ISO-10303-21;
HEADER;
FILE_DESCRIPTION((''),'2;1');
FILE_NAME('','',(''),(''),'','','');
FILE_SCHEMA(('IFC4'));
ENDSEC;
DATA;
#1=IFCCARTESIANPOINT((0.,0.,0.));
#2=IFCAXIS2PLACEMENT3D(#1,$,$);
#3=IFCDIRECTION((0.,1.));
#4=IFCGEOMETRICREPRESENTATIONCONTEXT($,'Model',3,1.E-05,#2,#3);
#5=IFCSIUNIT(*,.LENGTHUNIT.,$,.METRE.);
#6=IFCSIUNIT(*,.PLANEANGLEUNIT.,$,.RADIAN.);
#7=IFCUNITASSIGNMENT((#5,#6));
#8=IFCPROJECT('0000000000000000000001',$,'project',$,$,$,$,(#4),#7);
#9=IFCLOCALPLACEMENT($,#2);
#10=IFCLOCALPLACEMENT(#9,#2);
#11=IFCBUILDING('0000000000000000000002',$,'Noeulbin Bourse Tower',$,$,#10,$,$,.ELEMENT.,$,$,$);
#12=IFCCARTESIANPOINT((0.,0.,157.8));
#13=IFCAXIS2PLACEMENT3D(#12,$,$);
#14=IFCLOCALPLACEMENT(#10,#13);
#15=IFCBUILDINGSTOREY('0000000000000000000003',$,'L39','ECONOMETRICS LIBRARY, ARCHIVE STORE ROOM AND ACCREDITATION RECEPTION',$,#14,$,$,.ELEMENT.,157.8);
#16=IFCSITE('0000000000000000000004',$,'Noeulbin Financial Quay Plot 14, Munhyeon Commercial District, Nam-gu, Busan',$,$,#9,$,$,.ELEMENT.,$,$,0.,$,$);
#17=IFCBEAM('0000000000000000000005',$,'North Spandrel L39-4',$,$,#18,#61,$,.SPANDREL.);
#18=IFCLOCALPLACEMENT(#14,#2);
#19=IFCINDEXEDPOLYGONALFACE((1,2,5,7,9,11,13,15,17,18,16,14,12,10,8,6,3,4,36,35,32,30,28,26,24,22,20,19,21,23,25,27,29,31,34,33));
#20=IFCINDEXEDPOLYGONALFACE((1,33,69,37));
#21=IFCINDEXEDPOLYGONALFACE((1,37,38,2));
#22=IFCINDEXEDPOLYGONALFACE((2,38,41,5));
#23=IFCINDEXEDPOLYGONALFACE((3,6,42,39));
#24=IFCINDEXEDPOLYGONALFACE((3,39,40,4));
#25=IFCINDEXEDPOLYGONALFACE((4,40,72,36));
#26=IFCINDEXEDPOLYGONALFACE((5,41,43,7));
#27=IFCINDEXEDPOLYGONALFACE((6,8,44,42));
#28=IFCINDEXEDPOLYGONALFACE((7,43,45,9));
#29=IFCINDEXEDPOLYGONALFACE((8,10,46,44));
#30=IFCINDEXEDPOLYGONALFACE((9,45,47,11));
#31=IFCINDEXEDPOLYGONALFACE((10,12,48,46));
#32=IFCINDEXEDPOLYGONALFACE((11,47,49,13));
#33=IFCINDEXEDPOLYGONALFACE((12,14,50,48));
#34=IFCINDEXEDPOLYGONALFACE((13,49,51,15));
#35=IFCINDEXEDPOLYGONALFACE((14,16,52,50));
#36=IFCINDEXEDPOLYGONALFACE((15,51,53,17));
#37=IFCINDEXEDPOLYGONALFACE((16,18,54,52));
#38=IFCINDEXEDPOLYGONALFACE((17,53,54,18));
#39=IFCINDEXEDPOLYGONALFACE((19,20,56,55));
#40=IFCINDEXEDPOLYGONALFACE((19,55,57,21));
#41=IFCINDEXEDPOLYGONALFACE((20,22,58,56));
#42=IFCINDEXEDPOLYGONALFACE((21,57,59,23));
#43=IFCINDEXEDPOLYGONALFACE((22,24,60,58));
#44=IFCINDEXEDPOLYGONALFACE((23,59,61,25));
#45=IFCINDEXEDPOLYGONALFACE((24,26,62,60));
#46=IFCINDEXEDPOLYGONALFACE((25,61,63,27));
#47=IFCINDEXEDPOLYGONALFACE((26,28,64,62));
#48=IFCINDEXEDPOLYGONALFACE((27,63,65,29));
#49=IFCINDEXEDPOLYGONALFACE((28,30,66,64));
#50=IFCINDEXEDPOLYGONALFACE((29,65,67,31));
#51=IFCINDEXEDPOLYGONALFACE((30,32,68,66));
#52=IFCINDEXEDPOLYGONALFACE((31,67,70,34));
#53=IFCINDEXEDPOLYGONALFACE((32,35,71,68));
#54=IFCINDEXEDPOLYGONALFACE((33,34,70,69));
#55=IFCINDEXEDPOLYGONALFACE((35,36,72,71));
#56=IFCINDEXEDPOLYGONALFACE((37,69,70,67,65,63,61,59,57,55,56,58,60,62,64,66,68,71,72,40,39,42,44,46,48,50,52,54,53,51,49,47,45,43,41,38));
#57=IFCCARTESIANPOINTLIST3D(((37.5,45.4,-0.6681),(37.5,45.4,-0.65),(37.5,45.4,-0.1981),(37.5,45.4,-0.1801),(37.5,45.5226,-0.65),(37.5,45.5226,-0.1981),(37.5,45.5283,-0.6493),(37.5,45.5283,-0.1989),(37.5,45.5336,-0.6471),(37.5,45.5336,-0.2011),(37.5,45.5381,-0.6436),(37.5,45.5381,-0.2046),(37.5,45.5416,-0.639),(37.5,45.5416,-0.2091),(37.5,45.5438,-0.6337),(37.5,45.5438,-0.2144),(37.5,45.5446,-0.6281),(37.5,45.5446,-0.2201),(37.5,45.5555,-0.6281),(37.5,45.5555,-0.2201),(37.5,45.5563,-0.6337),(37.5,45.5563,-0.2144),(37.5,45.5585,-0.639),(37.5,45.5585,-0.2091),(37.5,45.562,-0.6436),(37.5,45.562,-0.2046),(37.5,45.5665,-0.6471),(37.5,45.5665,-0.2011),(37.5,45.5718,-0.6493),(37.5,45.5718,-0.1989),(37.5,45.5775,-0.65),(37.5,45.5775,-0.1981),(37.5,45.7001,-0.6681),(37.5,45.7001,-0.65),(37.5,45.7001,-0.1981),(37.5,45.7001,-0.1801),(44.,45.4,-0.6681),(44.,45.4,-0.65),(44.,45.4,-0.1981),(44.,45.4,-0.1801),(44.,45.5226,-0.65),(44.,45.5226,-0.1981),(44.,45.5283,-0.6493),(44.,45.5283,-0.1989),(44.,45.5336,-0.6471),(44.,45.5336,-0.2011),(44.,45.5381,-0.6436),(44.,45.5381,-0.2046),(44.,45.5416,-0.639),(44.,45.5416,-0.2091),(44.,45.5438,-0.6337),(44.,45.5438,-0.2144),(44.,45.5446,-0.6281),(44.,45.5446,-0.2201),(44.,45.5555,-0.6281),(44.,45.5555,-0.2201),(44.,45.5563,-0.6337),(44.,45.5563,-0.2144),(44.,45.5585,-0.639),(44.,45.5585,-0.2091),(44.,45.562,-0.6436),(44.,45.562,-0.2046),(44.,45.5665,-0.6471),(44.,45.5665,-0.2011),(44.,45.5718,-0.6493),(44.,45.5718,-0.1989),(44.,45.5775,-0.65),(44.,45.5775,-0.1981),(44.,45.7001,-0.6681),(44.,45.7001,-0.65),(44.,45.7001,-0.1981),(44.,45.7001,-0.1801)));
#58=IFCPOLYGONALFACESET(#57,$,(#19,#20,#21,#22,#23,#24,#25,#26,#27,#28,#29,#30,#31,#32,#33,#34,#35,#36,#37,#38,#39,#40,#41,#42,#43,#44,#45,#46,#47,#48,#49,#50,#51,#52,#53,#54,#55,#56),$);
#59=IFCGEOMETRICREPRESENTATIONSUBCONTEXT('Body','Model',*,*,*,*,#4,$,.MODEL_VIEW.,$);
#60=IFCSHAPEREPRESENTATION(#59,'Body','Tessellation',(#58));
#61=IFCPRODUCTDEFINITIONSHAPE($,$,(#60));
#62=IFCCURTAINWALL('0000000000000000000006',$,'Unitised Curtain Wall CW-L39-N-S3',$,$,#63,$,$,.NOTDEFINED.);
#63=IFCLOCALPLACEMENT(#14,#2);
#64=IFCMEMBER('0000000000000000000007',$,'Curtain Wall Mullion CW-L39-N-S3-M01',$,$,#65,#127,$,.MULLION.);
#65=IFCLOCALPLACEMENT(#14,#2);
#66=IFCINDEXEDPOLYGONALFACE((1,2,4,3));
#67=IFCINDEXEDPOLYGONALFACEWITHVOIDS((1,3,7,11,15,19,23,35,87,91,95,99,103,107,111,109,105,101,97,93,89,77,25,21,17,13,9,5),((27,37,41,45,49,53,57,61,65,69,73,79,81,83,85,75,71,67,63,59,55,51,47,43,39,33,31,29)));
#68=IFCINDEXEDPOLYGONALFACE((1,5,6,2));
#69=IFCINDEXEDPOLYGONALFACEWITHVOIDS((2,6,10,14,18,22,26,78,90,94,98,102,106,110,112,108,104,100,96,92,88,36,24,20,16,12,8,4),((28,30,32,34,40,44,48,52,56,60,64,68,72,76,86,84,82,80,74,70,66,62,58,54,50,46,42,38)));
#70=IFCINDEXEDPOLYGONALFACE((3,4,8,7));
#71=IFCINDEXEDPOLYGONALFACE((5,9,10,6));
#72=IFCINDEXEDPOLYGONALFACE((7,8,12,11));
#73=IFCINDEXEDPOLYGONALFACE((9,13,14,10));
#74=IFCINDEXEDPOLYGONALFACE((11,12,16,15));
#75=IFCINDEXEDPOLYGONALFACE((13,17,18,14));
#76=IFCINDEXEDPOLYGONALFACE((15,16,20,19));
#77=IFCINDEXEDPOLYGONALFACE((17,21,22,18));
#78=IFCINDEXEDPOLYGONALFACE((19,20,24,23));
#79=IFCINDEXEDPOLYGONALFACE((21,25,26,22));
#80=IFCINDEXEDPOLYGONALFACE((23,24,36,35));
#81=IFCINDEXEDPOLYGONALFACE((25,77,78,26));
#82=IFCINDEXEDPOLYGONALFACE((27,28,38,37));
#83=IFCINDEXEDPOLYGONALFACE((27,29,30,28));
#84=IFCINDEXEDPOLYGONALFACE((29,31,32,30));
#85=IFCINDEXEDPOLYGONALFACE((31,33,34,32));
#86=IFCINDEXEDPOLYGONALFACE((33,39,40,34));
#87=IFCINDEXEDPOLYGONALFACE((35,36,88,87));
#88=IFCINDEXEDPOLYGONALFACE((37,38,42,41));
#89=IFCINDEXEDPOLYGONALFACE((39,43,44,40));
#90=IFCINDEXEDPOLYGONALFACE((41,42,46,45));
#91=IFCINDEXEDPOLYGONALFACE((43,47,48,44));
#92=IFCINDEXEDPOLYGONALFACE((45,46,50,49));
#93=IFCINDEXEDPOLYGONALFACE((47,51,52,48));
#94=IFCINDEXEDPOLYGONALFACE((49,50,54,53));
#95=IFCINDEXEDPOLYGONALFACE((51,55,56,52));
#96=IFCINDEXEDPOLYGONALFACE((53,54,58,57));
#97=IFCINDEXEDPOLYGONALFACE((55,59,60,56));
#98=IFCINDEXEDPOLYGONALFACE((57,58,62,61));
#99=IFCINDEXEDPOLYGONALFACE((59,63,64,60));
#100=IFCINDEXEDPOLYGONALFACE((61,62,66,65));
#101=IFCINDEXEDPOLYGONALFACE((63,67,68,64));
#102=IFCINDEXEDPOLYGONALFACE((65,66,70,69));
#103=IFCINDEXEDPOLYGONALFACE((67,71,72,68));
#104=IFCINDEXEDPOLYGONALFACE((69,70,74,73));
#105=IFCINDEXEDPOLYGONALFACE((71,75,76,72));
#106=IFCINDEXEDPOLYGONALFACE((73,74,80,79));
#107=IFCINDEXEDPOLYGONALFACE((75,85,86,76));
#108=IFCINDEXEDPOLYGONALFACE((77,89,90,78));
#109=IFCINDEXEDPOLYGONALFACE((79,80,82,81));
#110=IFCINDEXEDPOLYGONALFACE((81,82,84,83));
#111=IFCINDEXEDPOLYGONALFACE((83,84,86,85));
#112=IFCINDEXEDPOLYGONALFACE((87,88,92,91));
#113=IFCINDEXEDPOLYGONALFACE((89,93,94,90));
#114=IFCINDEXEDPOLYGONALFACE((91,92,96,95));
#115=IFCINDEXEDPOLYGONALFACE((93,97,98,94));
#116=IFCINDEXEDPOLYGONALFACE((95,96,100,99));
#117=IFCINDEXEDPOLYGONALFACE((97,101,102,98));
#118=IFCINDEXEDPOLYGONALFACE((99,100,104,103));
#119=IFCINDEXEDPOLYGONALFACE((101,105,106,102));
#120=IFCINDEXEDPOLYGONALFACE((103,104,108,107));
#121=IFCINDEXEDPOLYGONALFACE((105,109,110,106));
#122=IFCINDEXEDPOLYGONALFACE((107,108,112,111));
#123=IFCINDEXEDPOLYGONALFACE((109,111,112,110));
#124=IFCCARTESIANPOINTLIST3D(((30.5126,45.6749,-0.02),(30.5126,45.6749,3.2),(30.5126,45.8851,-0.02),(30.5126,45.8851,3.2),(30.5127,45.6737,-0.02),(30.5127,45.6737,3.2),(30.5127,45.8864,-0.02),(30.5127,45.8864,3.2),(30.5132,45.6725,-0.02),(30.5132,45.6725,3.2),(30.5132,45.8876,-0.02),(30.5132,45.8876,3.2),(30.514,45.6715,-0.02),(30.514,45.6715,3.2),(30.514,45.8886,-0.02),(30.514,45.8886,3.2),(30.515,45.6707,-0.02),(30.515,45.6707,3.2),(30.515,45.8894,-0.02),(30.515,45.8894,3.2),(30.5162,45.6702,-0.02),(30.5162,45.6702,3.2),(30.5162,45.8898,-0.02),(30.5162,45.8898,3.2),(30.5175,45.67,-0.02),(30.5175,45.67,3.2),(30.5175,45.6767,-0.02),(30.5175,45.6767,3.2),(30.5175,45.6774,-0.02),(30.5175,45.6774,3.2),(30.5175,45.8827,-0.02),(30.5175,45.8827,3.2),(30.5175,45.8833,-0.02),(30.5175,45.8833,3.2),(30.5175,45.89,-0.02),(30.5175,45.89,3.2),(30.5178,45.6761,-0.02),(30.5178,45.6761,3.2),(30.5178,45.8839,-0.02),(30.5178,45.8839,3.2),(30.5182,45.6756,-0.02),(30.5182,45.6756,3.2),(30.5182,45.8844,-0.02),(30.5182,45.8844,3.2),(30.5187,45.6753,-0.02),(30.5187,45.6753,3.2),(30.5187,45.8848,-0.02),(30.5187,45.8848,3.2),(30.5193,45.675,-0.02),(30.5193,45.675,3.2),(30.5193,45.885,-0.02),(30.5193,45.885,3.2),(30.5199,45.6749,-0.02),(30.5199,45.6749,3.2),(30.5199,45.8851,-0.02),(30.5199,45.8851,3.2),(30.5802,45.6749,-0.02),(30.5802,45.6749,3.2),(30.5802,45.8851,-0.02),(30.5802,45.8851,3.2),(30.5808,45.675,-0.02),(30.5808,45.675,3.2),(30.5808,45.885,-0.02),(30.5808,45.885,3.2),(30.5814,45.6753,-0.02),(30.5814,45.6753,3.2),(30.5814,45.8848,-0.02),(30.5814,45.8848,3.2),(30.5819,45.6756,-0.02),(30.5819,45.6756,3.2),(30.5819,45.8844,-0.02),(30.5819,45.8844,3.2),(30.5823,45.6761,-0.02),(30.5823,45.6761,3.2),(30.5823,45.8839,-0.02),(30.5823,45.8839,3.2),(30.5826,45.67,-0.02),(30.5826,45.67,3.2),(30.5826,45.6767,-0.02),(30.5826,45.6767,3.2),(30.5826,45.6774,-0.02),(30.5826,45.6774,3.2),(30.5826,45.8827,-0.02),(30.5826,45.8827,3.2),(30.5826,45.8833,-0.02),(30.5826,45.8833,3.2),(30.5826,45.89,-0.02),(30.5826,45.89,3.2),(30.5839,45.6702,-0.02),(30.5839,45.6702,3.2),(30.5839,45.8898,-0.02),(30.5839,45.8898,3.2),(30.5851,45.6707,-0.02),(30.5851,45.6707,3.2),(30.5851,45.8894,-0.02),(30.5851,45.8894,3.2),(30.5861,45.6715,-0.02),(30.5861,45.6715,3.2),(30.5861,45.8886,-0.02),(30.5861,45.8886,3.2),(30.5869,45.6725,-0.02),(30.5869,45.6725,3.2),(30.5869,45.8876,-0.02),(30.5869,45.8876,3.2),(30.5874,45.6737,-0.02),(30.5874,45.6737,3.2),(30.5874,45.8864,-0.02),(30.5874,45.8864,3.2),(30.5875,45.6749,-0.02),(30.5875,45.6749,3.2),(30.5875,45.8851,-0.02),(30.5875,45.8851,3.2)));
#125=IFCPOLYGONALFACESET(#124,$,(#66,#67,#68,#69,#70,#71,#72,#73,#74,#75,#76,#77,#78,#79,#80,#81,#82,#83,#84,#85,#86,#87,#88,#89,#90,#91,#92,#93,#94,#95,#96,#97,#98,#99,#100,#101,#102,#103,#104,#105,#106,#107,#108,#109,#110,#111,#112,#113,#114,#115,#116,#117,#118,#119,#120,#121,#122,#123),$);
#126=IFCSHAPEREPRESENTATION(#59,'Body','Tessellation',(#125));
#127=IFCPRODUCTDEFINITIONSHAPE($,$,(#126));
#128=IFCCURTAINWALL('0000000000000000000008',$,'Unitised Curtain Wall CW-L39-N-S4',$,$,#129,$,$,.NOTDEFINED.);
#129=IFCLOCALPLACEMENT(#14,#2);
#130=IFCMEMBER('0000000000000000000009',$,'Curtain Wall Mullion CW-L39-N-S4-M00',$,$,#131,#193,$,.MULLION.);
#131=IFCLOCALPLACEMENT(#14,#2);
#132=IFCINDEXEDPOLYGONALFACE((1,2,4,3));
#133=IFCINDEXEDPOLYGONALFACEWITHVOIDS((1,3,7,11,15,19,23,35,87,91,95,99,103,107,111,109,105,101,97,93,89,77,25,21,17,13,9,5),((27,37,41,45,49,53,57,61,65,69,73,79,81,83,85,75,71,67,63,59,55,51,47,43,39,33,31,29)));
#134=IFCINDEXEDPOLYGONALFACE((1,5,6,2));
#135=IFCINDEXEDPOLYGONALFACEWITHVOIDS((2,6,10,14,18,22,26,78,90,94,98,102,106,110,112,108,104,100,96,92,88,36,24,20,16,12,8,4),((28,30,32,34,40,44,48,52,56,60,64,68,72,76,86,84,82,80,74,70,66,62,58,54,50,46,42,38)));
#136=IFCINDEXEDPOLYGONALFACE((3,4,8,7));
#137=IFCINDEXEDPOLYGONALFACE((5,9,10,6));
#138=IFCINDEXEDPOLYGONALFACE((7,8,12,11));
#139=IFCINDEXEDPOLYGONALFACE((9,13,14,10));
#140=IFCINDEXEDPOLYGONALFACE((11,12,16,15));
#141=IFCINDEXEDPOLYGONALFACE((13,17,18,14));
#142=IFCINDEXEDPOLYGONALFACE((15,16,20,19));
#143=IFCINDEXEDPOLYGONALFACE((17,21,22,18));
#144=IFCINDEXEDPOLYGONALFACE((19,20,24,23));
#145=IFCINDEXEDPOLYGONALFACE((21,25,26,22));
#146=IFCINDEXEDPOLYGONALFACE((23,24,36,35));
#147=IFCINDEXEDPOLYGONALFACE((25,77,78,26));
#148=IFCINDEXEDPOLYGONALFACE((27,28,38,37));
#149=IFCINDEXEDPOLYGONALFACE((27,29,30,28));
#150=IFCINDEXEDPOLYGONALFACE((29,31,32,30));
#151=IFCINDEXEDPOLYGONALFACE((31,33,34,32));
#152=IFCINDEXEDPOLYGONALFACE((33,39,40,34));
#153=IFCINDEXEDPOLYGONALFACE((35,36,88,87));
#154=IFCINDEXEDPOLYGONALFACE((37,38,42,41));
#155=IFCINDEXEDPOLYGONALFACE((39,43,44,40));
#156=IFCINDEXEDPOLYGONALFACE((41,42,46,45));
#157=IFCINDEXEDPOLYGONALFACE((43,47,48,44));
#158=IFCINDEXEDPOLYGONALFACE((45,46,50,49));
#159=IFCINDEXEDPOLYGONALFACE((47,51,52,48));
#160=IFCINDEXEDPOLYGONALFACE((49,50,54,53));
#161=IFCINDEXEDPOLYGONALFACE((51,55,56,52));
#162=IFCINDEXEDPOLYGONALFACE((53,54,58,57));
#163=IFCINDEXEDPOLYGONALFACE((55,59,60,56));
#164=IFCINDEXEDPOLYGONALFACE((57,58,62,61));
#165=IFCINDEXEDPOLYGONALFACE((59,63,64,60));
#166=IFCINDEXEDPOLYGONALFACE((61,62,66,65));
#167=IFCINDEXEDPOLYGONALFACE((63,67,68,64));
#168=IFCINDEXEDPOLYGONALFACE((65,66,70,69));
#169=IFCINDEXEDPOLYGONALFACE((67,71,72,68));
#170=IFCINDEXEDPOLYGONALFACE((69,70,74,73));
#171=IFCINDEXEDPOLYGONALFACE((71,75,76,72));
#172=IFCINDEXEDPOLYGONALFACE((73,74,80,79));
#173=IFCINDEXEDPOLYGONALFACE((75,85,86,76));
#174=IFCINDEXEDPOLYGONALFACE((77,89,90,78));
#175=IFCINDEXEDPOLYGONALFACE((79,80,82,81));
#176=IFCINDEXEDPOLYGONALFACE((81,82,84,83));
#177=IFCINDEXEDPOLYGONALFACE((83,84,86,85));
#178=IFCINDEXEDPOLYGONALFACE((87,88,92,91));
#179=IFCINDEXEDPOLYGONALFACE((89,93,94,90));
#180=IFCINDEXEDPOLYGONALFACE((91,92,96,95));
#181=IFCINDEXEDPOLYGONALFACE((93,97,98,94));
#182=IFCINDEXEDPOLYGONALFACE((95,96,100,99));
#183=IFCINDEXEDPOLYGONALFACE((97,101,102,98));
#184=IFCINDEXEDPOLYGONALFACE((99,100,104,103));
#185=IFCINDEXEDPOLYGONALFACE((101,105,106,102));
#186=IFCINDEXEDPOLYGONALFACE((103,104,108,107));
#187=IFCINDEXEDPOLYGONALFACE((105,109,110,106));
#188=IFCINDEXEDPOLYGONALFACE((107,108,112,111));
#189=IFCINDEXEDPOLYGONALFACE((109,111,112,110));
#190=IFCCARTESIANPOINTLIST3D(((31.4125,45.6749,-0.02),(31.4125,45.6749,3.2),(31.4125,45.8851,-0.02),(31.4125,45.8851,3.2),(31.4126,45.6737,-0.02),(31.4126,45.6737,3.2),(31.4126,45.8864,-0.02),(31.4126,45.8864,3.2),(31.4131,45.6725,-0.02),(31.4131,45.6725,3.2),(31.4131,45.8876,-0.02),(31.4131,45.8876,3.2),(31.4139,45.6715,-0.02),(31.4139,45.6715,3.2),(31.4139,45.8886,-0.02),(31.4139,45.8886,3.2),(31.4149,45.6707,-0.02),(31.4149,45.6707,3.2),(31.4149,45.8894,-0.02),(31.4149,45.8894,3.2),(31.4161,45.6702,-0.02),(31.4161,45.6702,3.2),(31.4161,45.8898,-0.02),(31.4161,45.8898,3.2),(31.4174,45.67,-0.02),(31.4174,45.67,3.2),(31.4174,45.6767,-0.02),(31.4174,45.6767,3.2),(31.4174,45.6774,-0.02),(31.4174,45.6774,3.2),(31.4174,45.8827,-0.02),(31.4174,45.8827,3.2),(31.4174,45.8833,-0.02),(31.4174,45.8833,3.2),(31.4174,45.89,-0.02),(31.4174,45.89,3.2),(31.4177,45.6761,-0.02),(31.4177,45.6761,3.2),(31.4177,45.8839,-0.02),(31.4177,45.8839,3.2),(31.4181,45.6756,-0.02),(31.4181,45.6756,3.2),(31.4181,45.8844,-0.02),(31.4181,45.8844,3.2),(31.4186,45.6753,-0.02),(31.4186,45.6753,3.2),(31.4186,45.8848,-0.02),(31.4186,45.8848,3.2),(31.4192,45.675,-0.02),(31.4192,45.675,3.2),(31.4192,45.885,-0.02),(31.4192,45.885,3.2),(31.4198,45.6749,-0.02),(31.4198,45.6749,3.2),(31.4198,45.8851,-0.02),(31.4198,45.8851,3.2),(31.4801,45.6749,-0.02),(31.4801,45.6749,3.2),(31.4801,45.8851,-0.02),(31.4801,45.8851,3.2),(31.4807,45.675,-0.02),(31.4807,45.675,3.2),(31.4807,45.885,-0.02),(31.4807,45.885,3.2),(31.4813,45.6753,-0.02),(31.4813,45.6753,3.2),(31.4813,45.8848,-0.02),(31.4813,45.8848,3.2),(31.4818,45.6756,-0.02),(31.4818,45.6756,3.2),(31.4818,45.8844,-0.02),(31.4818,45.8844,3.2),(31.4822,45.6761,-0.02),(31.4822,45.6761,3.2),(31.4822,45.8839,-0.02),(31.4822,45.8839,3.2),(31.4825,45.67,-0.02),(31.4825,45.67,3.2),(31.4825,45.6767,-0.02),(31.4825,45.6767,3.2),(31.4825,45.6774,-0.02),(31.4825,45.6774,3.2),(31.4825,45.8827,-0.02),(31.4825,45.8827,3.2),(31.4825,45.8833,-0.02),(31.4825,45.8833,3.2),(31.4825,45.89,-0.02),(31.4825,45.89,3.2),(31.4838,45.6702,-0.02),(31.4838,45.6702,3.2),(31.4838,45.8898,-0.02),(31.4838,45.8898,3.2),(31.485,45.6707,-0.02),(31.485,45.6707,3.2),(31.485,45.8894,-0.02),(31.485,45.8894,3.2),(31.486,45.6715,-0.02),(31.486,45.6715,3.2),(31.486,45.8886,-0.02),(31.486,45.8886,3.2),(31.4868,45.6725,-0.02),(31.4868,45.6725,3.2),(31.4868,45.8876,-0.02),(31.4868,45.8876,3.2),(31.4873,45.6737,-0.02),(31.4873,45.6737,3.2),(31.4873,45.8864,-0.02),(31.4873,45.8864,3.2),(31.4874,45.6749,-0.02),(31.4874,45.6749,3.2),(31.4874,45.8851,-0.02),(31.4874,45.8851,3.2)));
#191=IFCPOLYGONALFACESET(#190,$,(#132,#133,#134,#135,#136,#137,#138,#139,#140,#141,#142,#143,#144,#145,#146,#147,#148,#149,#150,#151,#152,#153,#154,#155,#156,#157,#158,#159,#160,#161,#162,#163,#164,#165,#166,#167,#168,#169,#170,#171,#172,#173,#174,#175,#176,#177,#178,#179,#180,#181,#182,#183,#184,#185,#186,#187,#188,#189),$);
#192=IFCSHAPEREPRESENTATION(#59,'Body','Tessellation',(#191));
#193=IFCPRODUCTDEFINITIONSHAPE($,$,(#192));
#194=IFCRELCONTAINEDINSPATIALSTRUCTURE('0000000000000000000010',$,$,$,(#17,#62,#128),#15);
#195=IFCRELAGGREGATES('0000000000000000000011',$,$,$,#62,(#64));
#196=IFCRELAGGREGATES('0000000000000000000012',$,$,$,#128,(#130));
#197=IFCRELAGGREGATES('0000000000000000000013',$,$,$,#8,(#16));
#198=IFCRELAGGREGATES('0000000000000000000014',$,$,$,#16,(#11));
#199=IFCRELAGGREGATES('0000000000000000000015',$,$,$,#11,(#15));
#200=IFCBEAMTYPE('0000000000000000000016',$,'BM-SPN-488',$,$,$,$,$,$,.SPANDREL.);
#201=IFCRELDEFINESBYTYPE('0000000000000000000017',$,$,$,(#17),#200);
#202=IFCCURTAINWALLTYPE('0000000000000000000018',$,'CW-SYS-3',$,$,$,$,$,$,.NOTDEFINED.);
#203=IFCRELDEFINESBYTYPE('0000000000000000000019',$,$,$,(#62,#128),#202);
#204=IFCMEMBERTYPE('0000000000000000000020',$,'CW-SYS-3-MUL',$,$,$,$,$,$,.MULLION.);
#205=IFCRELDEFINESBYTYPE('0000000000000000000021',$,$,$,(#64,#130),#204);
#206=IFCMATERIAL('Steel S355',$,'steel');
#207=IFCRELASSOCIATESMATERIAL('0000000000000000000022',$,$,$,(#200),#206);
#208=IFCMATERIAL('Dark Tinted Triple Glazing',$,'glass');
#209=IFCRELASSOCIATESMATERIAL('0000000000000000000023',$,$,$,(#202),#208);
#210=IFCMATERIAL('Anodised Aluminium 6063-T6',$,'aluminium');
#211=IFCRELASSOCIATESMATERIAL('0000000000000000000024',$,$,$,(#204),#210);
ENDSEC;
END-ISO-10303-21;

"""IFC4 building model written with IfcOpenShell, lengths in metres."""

from ifc_helpers import new_model, si_unit, direction, frame, origin, origin_2d, place, context, subcontext, project, spatial, hollow_rectangle, i_section, extrude, material, material_profile, profile_set, type_object, element, aggregate, save


model = new_model("IFC4")

# Units and contexts
model_context = context("Model", 3, precision=1e-05, world=origin(), true_north=direction((0.0, 1.0)))
body_context = subcontext(model_context, "Body", "Model", "MODEL_VIEW")
ifc_project = project(units=[si_unit("LENGTHUNIT", "METRE"), si_unit("PLANEANGLEUNIT", "RADIAN")], contexts=[model_context])

# Site, building, storey
site_placement = place(None, origin())
site = spatial("IfcSite", under=ifc_project, at=site_placement, Name="Noeulbin Financial Quay Plot 14, Munhyeon Commercial District, Nam-gu, Busan", CompositionType="ELEMENT", RefElevation=0.0)
building_placement = place(site_placement, origin())
building = spatial("IfcBuilding", under=site, at=building_placement, Name="Noeulbin Bourse Tower", CompositionType="ELEMENT")
storey_placement = place(building_placement, frame((0.0, 0.0, 157.8)))
storey = spatial("IfcBuildingStorey", under=building, at=storey_placement, Name="L39", Description="ECONOMETRICS LIBRARY, ARCHIVE STORE ROOM AND ACCREDITATION RECEPTION", CompositionType="ELEMENT", Elevation=157.8)

# Shared definitions
ifc_material_1 = material(Name="Steel S355", Category="steel")

# Beam
ifc_material_profile_1 = material_profile(ifc_material_1, i_section(OverallWidth=0.3, OverallDepth=0.488, WebThickness=0.011, FlangeThickness=0.0181, FilletRadius=0.022, at=origin_2d()), Name="H-488x300x11x18", Category="LoadBearing")
ifc_profile_set_1 = profile_set([ifc_material_profile_1], Name="Steel S355")
beam_type_1 = type_object("IfcBeamType", Name="BM-SPN-488", PredefinedType="SPANDREL", material=ifc_profile_set_1)
for number, where, z_axis, x_axis, name in (
    (1, (37.5, 45.55, -0.4241), (1.0, 0.0, 0.0), (0.0, 1.0, 0.0), "North Spandrel L39-4"),
):
    element("IfcBeam", number, at=place(storey_placement, frame(where, z_axis=z_axis, x_axis=x_axis)), inside=storey, type_object=beam_type_1, Name=name, PredefinedType="SPANDREL", context=body_context, shape_type="SweptSolid", body=[
        extrude(i_section(OverallWidth=0.3, OverallDepth=0.488, WebThickness=0.011, FlangeThickness=0.0181, FilletRadius=0.022, at=origin_2d()), origin(), (0.0, 0.0, 1.0), 6.5),
    ])

# Curtain wall, member
ifc_material_2 = material(Name="Dark Tinted Triple Glazing", Category="glass")
curtain_wall_type = type_object("IfcCurtainWallType", Name="CW-SYS-3", PredefinedType="NOTDEFINED", material=ifc_material_2)
curtain_wall_1_placement = place(storey_placement, origin())
curtain_wall_1 = element("IfcCurtainWall", 2, at=curtain_wall_1_placement, inside=storey, type_object=curtain_wall_type, Name="Unitised Curtain Wall CW-L39-N-S3", PredefinedType="NOTDEFINED")
ifc_material_3 = material(Name="Anodised Aluminium 6063-T6", Category="aluminium")
ifc_material_profile_2 = material_profile(ifc_material_3, hollow_rectangle(XDim=0.075, YDim=0.22, WallThickness=0.0049, InnerFilletRadius=0.0024, OuterFilletRadius=0.0049, at=origin_2d()), Name="ALU-MULL-75x220x5", Category="LoadBearing")
ifc_profile_set_2 = profile_set([ifc_material_profile_2], Name="Anodised Aluminium 6063-T6")
member_type_1 = type_object("IfcMemberType", Name="CW-SYS-3-MUL", PredefinedType="MULLION", material=ifc_profile_set_2)
member_1_placement = place(storey_placement, frame((30.55, 45.78, -0.02), z_axis=(0.0, 0.0, 1.0), x_axis=(1.0, 0.0, 0.0)))
member_1 = element("IfcMember", 3, at=member_1_placement, type_object=member_type_1, Name="Curtain Wall Mullion CW-L39-N-S3-M01", PredefinedType="MULLION", context=body_context, shape_type="SweptSolid", body=[
    extrude(hollow_rectangle(XDim=0.075, YDim=0.22, WallThickness=0.0049, InnerFilletRadius=0.0024, OuterFilletRadius=0.0049, at=origin_2d()), origin(), (0.0, 0.0, 1.0), 3.22),
])
aggregate(curtain_wall_1, [member_1])

# Curtain wall, member
curtain_wall_2_placement = place(storey_placement, origin())
curtain_wall_2 = element("IfcCurtainWall", 4, at=curtain_wall_2_placement, inside=storey, type_object=curtain_wall_type, Name="Unitised Curtain Wall CW-L39-N-S4", PredefinedType="NOTDEFINED")
member_2_placement = place(storey_placement, frame((31.45, 45.78, -0.02), z_axis=(0.0, 0.0, 1.0), x_axis=(1.0, 0.0, 0.0)))
member_2 = element("IfcMember", 5, at=member_2_placement, type_object=member_type_1, Name="Curtain Wall Mullion CW-L39-N-S4-M00", PredefinedType="MULLION", context=body_context, shape_type="SweptSolid", body=[
    extrude(hollow_rectangle(XDim=0.075, YDim=0.22, WallThickness=0.0049, InnerFilletRadius=0.0024, OuterFilletRadius=0.0049, at=origin_2d()), origin(), (0.0, 0.0, 1.0), 3.22),
])

aggregate(curtain_wall_2, [member_2])

save(model, "model.ifc")
